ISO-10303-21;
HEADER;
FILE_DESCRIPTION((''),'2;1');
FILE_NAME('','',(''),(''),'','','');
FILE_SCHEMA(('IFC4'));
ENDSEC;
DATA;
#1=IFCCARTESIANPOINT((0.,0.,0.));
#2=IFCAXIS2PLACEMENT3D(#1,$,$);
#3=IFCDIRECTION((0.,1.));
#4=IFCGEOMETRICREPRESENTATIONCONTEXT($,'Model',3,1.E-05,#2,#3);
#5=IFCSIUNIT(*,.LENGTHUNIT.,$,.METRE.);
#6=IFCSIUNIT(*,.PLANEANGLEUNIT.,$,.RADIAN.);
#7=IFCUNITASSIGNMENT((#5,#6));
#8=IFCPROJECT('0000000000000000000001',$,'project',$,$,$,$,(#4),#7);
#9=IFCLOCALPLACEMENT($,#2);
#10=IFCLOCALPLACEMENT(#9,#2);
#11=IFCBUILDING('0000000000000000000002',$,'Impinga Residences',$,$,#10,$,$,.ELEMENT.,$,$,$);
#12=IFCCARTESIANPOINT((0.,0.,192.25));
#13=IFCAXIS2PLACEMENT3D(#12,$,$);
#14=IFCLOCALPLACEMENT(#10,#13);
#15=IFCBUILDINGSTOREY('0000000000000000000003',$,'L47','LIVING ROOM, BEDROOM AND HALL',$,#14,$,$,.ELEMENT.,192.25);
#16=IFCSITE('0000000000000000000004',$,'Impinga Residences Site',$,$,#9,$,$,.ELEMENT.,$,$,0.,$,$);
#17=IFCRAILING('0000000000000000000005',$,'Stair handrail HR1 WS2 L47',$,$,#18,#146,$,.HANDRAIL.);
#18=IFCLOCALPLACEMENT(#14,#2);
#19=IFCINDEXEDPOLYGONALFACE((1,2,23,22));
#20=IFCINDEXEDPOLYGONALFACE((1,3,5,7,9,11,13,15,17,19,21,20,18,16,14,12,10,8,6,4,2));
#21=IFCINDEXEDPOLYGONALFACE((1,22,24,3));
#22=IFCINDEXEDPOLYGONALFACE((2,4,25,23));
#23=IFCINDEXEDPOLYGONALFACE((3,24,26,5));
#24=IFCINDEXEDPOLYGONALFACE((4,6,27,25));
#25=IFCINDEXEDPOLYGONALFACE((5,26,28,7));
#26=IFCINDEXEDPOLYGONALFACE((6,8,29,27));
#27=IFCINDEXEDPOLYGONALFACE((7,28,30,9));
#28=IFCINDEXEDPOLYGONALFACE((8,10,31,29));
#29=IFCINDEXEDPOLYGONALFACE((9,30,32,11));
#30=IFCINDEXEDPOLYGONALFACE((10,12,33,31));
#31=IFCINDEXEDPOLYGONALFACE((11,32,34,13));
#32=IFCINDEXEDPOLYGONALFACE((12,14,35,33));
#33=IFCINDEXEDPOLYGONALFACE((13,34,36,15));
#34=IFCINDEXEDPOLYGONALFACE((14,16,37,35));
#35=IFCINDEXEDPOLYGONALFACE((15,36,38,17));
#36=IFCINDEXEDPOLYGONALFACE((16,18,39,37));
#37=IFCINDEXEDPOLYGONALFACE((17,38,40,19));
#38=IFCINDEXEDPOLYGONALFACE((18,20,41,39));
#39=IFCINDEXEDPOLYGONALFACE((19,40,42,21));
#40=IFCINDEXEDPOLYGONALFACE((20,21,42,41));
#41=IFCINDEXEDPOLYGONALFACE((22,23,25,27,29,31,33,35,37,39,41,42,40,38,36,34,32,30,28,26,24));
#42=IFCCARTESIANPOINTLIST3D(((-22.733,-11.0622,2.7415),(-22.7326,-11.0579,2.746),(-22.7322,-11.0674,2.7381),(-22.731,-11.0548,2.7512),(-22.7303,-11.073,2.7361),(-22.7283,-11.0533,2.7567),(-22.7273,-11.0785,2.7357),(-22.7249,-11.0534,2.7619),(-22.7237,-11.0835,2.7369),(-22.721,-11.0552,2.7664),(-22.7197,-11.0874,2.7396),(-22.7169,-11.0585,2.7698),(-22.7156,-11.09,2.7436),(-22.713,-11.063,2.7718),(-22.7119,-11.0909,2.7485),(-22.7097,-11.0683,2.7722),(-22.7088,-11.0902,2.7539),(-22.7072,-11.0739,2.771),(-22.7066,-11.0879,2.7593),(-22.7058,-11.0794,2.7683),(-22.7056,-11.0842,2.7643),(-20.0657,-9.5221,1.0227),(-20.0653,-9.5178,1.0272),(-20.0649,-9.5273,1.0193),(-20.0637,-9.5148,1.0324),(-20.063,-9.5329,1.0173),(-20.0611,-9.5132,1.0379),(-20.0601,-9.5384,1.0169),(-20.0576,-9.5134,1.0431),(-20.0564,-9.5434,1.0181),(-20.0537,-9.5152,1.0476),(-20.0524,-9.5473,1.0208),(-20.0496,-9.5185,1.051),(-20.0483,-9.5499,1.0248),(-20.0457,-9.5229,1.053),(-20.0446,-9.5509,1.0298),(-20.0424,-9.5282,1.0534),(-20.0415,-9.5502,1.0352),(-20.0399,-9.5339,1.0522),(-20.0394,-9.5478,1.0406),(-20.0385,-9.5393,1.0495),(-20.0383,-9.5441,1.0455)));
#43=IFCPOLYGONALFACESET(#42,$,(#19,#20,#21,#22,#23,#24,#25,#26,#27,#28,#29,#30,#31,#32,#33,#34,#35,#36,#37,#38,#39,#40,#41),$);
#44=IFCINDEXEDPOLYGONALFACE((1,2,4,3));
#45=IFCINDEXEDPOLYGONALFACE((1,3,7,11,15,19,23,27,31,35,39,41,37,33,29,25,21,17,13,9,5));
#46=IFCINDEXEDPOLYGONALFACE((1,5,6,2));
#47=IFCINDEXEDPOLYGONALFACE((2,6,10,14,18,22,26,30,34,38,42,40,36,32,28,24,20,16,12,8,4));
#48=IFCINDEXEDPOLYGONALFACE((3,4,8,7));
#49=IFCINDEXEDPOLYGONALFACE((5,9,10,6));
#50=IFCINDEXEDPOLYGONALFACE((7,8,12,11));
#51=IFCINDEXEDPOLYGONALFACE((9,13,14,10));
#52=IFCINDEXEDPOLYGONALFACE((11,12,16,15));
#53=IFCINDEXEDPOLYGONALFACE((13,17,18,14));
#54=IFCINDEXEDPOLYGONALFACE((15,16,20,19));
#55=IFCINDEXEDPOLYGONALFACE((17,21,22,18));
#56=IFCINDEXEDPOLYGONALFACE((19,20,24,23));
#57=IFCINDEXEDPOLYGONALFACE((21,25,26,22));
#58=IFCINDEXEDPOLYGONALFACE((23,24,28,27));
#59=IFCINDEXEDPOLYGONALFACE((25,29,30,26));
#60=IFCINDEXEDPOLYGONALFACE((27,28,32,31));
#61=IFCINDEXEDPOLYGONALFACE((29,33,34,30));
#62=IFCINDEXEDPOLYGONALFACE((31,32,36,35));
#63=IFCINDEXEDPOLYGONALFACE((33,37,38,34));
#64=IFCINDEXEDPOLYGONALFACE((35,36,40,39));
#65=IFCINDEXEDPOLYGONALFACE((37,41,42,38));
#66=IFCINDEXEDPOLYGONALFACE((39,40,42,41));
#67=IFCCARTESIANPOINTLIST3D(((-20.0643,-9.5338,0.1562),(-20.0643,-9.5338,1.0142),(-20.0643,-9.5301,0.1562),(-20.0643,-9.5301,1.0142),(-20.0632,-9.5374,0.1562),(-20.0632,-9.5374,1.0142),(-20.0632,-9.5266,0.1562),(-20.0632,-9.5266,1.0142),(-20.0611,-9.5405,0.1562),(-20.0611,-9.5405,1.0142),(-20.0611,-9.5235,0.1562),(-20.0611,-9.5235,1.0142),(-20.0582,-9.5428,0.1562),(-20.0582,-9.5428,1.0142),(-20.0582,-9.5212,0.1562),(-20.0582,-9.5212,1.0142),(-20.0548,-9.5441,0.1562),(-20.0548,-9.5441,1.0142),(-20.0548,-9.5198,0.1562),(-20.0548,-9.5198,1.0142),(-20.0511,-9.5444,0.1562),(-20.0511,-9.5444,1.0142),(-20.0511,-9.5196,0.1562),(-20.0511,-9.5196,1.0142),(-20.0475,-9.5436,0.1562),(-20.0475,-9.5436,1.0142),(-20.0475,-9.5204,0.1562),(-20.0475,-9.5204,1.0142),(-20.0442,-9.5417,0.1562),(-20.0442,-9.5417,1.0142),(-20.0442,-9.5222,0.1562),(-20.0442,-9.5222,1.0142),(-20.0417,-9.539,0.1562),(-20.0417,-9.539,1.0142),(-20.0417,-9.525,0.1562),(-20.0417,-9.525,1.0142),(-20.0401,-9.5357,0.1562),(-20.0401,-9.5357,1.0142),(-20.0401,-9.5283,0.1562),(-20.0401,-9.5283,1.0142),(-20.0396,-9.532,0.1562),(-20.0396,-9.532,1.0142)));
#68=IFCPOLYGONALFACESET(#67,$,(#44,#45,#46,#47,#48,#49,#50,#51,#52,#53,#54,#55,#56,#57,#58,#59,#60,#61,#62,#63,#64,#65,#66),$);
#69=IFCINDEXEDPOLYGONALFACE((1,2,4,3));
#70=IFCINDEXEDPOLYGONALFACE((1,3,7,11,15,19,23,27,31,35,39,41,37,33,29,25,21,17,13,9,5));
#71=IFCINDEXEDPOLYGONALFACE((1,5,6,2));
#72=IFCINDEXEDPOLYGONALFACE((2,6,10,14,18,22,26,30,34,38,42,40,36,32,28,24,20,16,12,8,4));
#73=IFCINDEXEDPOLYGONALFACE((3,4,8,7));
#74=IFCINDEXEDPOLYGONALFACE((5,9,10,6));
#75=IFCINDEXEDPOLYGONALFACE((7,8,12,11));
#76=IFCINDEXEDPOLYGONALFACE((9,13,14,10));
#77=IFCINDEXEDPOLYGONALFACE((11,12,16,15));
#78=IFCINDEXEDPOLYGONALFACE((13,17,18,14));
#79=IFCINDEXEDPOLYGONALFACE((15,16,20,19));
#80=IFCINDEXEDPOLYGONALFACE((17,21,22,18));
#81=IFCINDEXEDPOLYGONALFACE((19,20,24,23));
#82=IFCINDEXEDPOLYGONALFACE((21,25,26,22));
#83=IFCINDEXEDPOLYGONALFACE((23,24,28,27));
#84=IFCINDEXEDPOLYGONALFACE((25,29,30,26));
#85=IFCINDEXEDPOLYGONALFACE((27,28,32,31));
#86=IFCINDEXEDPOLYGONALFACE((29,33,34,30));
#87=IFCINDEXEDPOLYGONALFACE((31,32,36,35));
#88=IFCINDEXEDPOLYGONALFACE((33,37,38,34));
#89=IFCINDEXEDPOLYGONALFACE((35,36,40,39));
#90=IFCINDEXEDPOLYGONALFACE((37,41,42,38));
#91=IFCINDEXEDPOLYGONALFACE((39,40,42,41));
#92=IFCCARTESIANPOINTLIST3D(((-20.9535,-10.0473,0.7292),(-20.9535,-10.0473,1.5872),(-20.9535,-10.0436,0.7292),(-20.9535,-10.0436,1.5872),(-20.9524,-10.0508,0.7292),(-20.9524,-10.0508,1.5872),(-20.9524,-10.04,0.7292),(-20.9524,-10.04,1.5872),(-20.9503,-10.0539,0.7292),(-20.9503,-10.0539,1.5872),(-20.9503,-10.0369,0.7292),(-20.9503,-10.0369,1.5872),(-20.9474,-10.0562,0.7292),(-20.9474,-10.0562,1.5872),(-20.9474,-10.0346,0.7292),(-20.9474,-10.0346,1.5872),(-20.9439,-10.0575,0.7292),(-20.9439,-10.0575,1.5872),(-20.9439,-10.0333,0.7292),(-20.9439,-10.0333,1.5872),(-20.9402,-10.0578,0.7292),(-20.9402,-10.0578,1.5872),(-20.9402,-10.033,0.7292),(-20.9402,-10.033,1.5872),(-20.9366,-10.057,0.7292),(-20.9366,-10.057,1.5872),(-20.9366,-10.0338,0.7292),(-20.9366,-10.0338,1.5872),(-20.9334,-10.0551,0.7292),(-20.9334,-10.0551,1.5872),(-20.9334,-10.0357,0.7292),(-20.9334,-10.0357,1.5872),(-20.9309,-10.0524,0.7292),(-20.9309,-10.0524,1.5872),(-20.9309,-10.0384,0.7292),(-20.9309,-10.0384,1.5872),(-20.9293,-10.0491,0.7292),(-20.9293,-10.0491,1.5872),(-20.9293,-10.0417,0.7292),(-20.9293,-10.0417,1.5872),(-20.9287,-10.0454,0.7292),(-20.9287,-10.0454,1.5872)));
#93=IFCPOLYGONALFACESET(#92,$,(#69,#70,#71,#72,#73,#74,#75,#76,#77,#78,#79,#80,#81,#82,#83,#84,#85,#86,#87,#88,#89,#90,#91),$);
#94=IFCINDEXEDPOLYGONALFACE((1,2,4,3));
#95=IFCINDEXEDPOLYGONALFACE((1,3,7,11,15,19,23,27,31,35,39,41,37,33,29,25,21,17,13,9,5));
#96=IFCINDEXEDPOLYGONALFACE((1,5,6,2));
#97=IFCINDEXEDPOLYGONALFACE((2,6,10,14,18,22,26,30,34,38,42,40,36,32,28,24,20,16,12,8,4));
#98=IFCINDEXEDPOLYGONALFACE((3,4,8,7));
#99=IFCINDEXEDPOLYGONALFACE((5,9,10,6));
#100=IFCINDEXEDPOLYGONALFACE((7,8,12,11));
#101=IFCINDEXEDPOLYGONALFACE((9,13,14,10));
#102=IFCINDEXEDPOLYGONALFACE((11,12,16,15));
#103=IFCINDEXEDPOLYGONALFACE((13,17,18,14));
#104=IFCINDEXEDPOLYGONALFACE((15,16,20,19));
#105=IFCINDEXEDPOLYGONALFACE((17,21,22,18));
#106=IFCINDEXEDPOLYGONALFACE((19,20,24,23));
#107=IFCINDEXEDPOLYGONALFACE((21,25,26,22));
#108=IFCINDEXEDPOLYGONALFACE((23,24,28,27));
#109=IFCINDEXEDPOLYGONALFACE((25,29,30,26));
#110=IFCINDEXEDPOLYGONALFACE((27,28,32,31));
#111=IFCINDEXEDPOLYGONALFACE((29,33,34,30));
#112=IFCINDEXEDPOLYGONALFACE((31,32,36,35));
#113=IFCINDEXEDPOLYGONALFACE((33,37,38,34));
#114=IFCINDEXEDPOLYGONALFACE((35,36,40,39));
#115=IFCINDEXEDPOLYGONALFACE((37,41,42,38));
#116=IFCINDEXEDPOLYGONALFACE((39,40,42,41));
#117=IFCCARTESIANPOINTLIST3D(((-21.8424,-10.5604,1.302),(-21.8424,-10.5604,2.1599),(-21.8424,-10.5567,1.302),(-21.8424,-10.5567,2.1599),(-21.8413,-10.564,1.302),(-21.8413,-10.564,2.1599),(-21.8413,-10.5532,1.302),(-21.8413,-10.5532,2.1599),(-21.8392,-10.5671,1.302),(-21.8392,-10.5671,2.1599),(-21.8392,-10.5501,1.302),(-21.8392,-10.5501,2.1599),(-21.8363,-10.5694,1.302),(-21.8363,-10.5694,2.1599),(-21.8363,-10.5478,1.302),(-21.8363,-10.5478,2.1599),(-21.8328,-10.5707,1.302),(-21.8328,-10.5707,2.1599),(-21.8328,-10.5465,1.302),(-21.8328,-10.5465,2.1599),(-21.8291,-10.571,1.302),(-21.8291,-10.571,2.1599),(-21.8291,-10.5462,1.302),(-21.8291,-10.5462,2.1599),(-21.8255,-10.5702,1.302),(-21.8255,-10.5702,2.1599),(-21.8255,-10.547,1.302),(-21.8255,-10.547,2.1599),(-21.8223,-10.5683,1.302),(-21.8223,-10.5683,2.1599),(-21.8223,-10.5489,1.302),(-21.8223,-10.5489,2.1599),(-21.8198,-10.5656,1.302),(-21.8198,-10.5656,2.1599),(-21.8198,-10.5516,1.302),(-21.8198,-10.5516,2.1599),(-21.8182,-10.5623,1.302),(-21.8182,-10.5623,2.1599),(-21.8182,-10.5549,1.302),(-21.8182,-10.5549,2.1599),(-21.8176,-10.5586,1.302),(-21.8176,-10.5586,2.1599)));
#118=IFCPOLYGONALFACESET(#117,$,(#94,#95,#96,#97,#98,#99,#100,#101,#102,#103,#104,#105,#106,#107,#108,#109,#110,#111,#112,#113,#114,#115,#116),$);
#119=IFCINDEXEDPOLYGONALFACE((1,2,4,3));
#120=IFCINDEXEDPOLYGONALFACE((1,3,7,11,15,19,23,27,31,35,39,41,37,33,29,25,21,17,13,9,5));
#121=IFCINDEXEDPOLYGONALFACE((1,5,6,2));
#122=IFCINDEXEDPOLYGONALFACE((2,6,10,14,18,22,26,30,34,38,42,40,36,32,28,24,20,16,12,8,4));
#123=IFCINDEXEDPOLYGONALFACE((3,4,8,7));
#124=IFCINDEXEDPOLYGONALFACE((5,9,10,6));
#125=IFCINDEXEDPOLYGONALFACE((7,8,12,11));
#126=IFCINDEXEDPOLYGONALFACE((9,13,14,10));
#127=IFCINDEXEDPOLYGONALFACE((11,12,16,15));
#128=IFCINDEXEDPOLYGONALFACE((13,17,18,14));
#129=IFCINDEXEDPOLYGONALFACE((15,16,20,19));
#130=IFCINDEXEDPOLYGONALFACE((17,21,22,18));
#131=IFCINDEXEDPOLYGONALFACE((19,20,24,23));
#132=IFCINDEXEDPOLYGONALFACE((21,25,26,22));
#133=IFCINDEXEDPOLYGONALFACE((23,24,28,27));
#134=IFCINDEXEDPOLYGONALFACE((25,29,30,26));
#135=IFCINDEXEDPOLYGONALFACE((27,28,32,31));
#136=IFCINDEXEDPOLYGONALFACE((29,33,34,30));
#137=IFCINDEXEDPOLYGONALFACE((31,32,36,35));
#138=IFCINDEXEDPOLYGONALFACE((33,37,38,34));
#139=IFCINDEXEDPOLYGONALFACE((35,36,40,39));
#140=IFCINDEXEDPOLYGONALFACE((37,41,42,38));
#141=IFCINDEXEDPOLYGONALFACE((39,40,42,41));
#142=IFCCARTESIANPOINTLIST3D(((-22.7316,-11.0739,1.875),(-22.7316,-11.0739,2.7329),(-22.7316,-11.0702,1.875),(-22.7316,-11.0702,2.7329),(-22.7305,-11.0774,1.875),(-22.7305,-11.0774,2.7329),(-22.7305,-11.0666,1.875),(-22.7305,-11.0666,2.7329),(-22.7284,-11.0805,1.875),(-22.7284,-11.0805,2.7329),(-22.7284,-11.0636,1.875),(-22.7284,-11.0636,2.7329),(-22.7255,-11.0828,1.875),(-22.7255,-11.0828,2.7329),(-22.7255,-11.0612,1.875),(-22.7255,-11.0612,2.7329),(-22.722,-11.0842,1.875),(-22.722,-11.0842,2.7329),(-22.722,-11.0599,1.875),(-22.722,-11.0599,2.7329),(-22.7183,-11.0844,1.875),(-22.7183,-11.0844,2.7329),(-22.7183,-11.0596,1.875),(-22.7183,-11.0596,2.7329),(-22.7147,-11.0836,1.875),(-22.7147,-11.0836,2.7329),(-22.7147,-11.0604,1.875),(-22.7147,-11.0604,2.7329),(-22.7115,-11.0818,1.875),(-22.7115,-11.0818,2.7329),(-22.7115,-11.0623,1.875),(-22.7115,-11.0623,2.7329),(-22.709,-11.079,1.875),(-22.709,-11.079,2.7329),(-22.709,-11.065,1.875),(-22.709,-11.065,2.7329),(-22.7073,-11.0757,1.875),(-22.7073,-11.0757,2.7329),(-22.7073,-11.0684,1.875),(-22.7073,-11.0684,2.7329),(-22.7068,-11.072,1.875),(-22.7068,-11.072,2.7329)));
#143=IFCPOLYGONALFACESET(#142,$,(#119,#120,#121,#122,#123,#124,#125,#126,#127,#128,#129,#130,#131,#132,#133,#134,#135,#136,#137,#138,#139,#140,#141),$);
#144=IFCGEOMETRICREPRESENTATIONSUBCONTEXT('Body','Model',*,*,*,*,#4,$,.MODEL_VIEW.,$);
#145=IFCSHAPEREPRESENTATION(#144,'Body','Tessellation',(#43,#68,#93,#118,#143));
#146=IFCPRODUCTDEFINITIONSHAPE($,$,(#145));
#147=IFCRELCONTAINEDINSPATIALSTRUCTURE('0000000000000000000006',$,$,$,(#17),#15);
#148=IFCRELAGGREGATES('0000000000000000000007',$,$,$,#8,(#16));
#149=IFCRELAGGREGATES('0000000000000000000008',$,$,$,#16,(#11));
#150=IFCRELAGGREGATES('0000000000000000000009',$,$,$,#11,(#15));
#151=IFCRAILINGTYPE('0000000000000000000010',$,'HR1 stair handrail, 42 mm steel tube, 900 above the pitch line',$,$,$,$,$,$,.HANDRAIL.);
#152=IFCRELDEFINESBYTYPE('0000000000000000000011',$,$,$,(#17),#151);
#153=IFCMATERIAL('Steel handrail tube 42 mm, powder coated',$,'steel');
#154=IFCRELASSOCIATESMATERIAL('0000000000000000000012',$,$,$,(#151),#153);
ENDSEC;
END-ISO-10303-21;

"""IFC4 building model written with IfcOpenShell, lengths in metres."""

from ifc_helpers import new_model, si_unit, direction, frame, origin, origin_2d, place, context, subcontext, project, spatial, circle, extrude, material, type_object, element, save


model = new_model("IFC4")

# Units and contexts
model_context = context("Model", 3, precision=1e-05, world=origin(), true_north=direction((0.0, 1.0)))
body_context = subcontext(model_context, "Body", "Model", "MODEL_VIEW")
ifc_project = project(units=[si_unit("LENGTHUNIT", "METRE"), si_unit("PLANEANGLEUNIT", "RADIAN")], contexts=[model_context])

# Site, building, storey
site_placement = place(None, origin())
site = spatial("IfcSite", under=ifc_project, at=site_placement, Name="Impinga Residences Site", CompositionType="ELEMENT", RefElevation=0.0)
building_placement = place(site_placement, origin())
building = spatial("IfcBuilding", under=site, at=building_placement, Name="Impinga Residences", CompositionType="ELEMENT")
storey_placement = place(building_placement, frame((0.0, 0.0, 192.25)))
storey = spatial("IfcBuildingStorey", under=building, at=storey_placement, Name="L47", Description="LIVING ROOM, BEDROOM AND HALL", CompositionType="ELEMENT", Elevation=192.25)

# Railing
ifc_material_1 = material(Name="Steel handrail tube 42 mm, powder coated", Category="steel")
railing_type_1 = type_object("IfcRailingType", Name="HR1 stair handrail, 42 mm steel tube, 900 above the pitch line", PredefinedType="HANDRAIL", material=ifc_material_1)
railing_1_placement = place(storey_placement, frame((-20.052, -9.532, 0.1562)))
element("IfcRailing", 1, at=railing_1_placement, inside=storey, type_object=railing_type_1, Name="Stair handrail HR1 WS2 L47", PredefinedType="HANDRAIL", context=body_context, shape_type="SweptSolid", body=[
    extrude(circle(Radius=0.021, at=origin_2d()), frame((0.0, 0.0, 0.8789), z_axis=(-0.756226, -0.436639, 0.487307), x_axis=(0.500027, -0.86601, 0.0)), (0.0, 0.0, 1.0), 3.5271),
    extrude(circle(Radius=0.0125, at=origin_2d()), origin(), (0.0, 0.0, 1.0), 0.8579),
    extrude(circle(Radius=0.0125, at=origin_2d()), frame((-0.8892, -0.5134, 0.573)), (0.0, 0.0, 1.0), 0.8579),
    extrude(circle(Radius=0.0125, at=origin_2d()), frame((-1.7781, -1.0266, 1.1458)), (0.0, 0.0, 1.0), 0.8579),
    extrude(circle(Radius=0.0125, at=origin_2d()), frame((-2.6672, -1.54, 1.7188)), (0.0, 0.0, 1.0), 0.8579),
])

save(model, "model.ifc")
